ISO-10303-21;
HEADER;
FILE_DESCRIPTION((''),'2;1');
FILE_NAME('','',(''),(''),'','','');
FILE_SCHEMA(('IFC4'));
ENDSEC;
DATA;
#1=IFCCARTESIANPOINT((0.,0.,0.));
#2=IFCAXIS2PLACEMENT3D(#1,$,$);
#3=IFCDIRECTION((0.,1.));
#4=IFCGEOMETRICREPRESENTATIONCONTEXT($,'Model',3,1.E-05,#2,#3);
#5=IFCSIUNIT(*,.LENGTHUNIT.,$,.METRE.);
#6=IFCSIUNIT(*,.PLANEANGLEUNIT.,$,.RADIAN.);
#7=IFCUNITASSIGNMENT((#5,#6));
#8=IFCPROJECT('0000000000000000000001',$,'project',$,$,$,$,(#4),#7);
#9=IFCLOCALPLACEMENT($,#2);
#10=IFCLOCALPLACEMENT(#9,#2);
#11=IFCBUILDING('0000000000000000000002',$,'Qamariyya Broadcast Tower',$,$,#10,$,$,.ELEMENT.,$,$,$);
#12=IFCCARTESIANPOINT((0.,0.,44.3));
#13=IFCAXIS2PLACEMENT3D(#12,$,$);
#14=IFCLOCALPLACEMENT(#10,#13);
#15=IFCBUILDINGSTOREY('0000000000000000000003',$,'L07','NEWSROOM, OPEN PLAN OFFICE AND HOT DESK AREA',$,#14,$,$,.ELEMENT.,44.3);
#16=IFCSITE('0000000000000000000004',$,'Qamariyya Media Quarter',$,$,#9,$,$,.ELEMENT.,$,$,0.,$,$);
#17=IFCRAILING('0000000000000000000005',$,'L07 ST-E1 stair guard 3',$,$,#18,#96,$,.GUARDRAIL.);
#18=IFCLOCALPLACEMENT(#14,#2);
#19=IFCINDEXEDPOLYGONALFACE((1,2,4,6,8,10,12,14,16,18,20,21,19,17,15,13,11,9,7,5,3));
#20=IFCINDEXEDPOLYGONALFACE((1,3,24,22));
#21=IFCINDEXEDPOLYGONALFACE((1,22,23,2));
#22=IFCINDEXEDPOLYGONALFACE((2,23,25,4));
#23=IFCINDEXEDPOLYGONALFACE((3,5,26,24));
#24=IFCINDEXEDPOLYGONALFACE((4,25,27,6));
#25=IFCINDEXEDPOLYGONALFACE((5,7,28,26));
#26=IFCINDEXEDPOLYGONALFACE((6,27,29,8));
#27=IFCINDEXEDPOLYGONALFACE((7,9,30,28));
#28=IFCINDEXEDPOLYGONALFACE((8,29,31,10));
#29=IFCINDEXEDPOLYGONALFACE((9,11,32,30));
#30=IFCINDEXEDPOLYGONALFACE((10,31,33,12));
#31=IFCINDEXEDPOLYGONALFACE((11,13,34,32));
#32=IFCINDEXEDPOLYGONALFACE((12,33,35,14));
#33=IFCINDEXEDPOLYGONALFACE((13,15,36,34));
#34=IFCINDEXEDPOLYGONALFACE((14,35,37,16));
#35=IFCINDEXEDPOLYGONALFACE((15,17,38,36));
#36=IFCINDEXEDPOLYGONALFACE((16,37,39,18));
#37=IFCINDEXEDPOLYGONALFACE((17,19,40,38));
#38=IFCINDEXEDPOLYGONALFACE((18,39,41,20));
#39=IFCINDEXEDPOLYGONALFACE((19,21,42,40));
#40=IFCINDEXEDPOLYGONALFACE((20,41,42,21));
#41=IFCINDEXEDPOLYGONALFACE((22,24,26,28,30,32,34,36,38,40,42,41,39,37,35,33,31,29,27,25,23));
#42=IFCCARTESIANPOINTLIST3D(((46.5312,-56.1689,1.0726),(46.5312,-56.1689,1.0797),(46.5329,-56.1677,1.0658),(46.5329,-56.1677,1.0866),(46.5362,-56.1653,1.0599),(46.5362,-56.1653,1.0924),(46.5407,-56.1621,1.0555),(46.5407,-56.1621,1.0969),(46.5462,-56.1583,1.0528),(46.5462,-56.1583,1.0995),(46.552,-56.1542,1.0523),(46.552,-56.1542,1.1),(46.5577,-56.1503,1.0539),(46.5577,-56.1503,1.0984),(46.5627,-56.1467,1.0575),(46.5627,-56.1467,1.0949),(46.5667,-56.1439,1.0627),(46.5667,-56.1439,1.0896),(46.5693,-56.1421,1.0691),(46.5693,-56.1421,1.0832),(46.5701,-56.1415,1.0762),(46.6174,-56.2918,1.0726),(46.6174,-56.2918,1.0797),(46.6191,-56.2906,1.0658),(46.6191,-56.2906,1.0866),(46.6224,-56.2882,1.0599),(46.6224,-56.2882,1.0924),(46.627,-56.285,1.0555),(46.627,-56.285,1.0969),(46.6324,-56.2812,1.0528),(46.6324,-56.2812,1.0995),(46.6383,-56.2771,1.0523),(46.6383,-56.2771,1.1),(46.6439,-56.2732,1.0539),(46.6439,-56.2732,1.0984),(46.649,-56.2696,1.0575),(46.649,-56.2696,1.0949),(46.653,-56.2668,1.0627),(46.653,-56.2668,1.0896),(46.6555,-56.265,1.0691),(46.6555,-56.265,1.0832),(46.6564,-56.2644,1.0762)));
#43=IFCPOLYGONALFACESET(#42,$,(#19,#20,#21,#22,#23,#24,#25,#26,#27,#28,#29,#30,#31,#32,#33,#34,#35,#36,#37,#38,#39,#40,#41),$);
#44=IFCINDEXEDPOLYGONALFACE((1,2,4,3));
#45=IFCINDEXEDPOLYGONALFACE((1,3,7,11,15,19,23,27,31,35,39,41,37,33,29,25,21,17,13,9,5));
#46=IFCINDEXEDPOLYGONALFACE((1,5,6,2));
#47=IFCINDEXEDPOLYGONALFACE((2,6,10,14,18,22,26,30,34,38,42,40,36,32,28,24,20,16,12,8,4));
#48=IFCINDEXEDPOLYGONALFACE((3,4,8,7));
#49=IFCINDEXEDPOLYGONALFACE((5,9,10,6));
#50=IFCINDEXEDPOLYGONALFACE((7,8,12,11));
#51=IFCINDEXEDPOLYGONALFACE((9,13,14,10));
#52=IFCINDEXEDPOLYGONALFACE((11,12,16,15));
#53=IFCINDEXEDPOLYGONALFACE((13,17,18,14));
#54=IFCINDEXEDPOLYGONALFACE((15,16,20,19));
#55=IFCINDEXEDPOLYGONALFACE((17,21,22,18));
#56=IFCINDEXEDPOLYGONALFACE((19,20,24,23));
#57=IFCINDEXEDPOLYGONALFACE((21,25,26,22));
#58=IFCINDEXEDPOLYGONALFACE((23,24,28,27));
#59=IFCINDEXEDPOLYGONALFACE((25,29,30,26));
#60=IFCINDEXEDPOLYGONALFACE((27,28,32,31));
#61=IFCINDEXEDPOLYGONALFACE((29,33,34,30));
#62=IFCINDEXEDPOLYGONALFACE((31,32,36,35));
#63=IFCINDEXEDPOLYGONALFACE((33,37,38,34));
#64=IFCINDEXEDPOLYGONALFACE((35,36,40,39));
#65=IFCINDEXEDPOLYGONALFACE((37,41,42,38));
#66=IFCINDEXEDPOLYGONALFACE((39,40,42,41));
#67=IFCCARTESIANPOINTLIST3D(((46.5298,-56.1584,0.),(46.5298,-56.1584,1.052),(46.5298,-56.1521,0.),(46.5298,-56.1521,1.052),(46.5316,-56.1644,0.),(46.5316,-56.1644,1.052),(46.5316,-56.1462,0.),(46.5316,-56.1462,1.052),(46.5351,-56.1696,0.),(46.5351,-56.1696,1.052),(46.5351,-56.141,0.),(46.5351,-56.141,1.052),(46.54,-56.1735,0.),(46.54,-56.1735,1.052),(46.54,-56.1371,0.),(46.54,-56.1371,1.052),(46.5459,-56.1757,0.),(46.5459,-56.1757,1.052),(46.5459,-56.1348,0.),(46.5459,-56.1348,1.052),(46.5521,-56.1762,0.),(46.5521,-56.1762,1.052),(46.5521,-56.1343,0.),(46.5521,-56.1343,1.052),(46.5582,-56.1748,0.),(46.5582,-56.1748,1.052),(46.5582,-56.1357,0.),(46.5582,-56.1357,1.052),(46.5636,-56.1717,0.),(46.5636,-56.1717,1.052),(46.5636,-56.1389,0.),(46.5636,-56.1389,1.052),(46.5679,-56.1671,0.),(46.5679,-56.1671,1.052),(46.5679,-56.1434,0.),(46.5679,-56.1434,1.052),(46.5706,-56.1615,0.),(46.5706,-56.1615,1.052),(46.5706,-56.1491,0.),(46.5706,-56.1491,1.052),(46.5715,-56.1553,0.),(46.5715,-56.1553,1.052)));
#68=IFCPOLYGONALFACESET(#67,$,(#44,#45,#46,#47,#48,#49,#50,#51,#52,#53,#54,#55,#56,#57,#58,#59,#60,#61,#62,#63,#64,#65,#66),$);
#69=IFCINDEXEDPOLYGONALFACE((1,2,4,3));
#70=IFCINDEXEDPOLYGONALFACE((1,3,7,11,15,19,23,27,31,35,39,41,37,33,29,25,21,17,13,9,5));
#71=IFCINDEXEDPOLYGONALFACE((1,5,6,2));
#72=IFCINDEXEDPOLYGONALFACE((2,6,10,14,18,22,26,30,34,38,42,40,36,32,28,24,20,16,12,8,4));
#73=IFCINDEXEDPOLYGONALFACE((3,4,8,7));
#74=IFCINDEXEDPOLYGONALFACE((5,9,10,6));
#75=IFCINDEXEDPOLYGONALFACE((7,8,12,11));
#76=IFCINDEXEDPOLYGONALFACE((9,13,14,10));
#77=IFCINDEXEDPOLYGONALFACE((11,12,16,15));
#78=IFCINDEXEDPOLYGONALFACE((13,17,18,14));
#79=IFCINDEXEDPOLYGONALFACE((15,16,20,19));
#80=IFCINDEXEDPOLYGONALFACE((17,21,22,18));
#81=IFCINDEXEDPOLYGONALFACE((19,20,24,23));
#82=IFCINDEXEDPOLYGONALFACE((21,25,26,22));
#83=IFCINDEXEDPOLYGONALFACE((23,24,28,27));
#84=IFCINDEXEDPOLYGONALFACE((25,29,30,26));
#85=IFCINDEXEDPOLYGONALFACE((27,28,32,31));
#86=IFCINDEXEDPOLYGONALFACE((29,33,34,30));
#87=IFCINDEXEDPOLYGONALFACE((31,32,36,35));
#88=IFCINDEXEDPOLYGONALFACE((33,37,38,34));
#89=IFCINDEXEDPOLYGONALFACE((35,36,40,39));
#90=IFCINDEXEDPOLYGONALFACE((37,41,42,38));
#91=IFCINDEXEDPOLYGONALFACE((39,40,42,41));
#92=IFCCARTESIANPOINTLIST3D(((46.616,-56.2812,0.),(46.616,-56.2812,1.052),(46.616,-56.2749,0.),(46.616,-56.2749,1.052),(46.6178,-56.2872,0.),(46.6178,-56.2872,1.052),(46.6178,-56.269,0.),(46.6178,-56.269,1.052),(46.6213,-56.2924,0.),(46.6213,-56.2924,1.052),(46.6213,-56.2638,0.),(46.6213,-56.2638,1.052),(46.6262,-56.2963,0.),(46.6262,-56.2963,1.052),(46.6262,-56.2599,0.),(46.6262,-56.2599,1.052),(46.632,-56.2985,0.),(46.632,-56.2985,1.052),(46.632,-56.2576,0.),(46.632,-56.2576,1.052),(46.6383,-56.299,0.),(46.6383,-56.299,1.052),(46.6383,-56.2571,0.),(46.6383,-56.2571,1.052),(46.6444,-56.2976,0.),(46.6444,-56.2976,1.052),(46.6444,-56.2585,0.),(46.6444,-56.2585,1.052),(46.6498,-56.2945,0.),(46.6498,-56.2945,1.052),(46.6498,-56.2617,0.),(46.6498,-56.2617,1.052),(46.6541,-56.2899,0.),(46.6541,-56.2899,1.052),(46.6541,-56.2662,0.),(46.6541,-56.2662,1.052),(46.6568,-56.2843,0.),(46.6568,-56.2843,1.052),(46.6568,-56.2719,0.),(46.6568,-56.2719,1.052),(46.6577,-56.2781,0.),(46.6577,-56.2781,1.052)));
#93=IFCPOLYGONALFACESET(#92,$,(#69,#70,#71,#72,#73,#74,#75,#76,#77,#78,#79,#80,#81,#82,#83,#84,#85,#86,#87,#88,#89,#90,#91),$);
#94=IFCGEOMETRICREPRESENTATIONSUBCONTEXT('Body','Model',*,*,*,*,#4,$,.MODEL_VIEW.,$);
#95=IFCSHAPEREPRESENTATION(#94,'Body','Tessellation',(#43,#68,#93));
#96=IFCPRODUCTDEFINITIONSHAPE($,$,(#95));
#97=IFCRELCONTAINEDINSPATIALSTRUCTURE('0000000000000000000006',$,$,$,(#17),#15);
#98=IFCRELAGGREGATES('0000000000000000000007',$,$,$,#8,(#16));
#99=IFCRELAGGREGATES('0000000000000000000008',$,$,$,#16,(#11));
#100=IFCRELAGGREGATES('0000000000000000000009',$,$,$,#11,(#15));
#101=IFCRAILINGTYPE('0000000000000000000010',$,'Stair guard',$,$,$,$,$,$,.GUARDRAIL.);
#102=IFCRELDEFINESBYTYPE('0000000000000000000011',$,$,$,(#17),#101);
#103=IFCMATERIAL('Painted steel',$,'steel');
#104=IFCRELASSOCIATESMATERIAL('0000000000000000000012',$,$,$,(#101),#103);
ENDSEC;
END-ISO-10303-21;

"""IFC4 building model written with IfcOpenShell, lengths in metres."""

from ifc_helpers import new_model, si_unit, direction, frame, origin, origin_2d, place, context, subcontext, project, spatial, circle, extrude, material, type_object, element, save


model = new_model("IFC4")

# Units and contexts
model_context = context("Model", 3, precision=1e-05, world=origin(), true_north=direction((0.0, 1.0)))
body_context = subcontext(model_context, "Body", "Model", "MODEL_VIEW")
ifc_project = project(units=[si_unit("LENGTHUNIT", "METRE"), si_unit("PLANEANGLEUNIT", "RADIAN")], contexts=[model_context])

# Site, building, storey
site_placement = place(None, origin())
site = spatial("IfcSite", under=ifc_project, at=site_placement, Name="Qamariyya Media Quarter", CompositionType="ELEMENT", RefElevation=0.0)
building_placement = place(site_placement, origin())
building = spatial("IfcBuilding", under=site, at=building_placement, Name="Qamariyya Broadcast Tower", CompositionType="ELEMENT")
storey_placement = place(building_placement, frame((0.0, 0.0, 44.3)))
storey = spatial("IfcBuildingStorey", under=building, at=storey_placement, Name="L07", Description="NEWSROOM, OPEN PLAN OFFICE AND HOT DESK AREA", CompositionType="ELEMENT", Elevation=44.3)

# Railing
ifc_material_1 = material(Name="Painted steel", Category="steel")
railing_type_1 = type_object("IfcRailingType", Name="Stair guard", PredefinedType="GUARDRAIL", material=ifc_material_1)
railing_1_placement = place(storey_placement, frame((46.5505, -56.1553, 0.0)))
element("IfcRailing", 1, at=railing_1_placement, inside=storey, type_object=railing_type_1, Name="L07 ST-E1 stair guard 3", PredefinedType="GUARDRAIL", context=body_context, shape_type="SweptSolid", body=[
    extrude(circle(Radius=0.0239, at=origin_2d()), frame((0.0, 0.0, 1.0762), z_axis=(0.574445, -0.818543, 0.0), x_axis=(0.818543, 0.574445, 0.0)), (0.0, 0.0, 1.0), 0.1501),
    extrude(circle(Radius=0.021, at=origin_2d()), origin(), (0.0, 0.0, 1.0), 1.052),
    extrude(circle(Radius=0.021, at=origin_2d()), frame((0.0862, -0.1228, 0.0)), (0.0, 0.0, 1.0), 1.052),
])

save(model, "model.ifc")
